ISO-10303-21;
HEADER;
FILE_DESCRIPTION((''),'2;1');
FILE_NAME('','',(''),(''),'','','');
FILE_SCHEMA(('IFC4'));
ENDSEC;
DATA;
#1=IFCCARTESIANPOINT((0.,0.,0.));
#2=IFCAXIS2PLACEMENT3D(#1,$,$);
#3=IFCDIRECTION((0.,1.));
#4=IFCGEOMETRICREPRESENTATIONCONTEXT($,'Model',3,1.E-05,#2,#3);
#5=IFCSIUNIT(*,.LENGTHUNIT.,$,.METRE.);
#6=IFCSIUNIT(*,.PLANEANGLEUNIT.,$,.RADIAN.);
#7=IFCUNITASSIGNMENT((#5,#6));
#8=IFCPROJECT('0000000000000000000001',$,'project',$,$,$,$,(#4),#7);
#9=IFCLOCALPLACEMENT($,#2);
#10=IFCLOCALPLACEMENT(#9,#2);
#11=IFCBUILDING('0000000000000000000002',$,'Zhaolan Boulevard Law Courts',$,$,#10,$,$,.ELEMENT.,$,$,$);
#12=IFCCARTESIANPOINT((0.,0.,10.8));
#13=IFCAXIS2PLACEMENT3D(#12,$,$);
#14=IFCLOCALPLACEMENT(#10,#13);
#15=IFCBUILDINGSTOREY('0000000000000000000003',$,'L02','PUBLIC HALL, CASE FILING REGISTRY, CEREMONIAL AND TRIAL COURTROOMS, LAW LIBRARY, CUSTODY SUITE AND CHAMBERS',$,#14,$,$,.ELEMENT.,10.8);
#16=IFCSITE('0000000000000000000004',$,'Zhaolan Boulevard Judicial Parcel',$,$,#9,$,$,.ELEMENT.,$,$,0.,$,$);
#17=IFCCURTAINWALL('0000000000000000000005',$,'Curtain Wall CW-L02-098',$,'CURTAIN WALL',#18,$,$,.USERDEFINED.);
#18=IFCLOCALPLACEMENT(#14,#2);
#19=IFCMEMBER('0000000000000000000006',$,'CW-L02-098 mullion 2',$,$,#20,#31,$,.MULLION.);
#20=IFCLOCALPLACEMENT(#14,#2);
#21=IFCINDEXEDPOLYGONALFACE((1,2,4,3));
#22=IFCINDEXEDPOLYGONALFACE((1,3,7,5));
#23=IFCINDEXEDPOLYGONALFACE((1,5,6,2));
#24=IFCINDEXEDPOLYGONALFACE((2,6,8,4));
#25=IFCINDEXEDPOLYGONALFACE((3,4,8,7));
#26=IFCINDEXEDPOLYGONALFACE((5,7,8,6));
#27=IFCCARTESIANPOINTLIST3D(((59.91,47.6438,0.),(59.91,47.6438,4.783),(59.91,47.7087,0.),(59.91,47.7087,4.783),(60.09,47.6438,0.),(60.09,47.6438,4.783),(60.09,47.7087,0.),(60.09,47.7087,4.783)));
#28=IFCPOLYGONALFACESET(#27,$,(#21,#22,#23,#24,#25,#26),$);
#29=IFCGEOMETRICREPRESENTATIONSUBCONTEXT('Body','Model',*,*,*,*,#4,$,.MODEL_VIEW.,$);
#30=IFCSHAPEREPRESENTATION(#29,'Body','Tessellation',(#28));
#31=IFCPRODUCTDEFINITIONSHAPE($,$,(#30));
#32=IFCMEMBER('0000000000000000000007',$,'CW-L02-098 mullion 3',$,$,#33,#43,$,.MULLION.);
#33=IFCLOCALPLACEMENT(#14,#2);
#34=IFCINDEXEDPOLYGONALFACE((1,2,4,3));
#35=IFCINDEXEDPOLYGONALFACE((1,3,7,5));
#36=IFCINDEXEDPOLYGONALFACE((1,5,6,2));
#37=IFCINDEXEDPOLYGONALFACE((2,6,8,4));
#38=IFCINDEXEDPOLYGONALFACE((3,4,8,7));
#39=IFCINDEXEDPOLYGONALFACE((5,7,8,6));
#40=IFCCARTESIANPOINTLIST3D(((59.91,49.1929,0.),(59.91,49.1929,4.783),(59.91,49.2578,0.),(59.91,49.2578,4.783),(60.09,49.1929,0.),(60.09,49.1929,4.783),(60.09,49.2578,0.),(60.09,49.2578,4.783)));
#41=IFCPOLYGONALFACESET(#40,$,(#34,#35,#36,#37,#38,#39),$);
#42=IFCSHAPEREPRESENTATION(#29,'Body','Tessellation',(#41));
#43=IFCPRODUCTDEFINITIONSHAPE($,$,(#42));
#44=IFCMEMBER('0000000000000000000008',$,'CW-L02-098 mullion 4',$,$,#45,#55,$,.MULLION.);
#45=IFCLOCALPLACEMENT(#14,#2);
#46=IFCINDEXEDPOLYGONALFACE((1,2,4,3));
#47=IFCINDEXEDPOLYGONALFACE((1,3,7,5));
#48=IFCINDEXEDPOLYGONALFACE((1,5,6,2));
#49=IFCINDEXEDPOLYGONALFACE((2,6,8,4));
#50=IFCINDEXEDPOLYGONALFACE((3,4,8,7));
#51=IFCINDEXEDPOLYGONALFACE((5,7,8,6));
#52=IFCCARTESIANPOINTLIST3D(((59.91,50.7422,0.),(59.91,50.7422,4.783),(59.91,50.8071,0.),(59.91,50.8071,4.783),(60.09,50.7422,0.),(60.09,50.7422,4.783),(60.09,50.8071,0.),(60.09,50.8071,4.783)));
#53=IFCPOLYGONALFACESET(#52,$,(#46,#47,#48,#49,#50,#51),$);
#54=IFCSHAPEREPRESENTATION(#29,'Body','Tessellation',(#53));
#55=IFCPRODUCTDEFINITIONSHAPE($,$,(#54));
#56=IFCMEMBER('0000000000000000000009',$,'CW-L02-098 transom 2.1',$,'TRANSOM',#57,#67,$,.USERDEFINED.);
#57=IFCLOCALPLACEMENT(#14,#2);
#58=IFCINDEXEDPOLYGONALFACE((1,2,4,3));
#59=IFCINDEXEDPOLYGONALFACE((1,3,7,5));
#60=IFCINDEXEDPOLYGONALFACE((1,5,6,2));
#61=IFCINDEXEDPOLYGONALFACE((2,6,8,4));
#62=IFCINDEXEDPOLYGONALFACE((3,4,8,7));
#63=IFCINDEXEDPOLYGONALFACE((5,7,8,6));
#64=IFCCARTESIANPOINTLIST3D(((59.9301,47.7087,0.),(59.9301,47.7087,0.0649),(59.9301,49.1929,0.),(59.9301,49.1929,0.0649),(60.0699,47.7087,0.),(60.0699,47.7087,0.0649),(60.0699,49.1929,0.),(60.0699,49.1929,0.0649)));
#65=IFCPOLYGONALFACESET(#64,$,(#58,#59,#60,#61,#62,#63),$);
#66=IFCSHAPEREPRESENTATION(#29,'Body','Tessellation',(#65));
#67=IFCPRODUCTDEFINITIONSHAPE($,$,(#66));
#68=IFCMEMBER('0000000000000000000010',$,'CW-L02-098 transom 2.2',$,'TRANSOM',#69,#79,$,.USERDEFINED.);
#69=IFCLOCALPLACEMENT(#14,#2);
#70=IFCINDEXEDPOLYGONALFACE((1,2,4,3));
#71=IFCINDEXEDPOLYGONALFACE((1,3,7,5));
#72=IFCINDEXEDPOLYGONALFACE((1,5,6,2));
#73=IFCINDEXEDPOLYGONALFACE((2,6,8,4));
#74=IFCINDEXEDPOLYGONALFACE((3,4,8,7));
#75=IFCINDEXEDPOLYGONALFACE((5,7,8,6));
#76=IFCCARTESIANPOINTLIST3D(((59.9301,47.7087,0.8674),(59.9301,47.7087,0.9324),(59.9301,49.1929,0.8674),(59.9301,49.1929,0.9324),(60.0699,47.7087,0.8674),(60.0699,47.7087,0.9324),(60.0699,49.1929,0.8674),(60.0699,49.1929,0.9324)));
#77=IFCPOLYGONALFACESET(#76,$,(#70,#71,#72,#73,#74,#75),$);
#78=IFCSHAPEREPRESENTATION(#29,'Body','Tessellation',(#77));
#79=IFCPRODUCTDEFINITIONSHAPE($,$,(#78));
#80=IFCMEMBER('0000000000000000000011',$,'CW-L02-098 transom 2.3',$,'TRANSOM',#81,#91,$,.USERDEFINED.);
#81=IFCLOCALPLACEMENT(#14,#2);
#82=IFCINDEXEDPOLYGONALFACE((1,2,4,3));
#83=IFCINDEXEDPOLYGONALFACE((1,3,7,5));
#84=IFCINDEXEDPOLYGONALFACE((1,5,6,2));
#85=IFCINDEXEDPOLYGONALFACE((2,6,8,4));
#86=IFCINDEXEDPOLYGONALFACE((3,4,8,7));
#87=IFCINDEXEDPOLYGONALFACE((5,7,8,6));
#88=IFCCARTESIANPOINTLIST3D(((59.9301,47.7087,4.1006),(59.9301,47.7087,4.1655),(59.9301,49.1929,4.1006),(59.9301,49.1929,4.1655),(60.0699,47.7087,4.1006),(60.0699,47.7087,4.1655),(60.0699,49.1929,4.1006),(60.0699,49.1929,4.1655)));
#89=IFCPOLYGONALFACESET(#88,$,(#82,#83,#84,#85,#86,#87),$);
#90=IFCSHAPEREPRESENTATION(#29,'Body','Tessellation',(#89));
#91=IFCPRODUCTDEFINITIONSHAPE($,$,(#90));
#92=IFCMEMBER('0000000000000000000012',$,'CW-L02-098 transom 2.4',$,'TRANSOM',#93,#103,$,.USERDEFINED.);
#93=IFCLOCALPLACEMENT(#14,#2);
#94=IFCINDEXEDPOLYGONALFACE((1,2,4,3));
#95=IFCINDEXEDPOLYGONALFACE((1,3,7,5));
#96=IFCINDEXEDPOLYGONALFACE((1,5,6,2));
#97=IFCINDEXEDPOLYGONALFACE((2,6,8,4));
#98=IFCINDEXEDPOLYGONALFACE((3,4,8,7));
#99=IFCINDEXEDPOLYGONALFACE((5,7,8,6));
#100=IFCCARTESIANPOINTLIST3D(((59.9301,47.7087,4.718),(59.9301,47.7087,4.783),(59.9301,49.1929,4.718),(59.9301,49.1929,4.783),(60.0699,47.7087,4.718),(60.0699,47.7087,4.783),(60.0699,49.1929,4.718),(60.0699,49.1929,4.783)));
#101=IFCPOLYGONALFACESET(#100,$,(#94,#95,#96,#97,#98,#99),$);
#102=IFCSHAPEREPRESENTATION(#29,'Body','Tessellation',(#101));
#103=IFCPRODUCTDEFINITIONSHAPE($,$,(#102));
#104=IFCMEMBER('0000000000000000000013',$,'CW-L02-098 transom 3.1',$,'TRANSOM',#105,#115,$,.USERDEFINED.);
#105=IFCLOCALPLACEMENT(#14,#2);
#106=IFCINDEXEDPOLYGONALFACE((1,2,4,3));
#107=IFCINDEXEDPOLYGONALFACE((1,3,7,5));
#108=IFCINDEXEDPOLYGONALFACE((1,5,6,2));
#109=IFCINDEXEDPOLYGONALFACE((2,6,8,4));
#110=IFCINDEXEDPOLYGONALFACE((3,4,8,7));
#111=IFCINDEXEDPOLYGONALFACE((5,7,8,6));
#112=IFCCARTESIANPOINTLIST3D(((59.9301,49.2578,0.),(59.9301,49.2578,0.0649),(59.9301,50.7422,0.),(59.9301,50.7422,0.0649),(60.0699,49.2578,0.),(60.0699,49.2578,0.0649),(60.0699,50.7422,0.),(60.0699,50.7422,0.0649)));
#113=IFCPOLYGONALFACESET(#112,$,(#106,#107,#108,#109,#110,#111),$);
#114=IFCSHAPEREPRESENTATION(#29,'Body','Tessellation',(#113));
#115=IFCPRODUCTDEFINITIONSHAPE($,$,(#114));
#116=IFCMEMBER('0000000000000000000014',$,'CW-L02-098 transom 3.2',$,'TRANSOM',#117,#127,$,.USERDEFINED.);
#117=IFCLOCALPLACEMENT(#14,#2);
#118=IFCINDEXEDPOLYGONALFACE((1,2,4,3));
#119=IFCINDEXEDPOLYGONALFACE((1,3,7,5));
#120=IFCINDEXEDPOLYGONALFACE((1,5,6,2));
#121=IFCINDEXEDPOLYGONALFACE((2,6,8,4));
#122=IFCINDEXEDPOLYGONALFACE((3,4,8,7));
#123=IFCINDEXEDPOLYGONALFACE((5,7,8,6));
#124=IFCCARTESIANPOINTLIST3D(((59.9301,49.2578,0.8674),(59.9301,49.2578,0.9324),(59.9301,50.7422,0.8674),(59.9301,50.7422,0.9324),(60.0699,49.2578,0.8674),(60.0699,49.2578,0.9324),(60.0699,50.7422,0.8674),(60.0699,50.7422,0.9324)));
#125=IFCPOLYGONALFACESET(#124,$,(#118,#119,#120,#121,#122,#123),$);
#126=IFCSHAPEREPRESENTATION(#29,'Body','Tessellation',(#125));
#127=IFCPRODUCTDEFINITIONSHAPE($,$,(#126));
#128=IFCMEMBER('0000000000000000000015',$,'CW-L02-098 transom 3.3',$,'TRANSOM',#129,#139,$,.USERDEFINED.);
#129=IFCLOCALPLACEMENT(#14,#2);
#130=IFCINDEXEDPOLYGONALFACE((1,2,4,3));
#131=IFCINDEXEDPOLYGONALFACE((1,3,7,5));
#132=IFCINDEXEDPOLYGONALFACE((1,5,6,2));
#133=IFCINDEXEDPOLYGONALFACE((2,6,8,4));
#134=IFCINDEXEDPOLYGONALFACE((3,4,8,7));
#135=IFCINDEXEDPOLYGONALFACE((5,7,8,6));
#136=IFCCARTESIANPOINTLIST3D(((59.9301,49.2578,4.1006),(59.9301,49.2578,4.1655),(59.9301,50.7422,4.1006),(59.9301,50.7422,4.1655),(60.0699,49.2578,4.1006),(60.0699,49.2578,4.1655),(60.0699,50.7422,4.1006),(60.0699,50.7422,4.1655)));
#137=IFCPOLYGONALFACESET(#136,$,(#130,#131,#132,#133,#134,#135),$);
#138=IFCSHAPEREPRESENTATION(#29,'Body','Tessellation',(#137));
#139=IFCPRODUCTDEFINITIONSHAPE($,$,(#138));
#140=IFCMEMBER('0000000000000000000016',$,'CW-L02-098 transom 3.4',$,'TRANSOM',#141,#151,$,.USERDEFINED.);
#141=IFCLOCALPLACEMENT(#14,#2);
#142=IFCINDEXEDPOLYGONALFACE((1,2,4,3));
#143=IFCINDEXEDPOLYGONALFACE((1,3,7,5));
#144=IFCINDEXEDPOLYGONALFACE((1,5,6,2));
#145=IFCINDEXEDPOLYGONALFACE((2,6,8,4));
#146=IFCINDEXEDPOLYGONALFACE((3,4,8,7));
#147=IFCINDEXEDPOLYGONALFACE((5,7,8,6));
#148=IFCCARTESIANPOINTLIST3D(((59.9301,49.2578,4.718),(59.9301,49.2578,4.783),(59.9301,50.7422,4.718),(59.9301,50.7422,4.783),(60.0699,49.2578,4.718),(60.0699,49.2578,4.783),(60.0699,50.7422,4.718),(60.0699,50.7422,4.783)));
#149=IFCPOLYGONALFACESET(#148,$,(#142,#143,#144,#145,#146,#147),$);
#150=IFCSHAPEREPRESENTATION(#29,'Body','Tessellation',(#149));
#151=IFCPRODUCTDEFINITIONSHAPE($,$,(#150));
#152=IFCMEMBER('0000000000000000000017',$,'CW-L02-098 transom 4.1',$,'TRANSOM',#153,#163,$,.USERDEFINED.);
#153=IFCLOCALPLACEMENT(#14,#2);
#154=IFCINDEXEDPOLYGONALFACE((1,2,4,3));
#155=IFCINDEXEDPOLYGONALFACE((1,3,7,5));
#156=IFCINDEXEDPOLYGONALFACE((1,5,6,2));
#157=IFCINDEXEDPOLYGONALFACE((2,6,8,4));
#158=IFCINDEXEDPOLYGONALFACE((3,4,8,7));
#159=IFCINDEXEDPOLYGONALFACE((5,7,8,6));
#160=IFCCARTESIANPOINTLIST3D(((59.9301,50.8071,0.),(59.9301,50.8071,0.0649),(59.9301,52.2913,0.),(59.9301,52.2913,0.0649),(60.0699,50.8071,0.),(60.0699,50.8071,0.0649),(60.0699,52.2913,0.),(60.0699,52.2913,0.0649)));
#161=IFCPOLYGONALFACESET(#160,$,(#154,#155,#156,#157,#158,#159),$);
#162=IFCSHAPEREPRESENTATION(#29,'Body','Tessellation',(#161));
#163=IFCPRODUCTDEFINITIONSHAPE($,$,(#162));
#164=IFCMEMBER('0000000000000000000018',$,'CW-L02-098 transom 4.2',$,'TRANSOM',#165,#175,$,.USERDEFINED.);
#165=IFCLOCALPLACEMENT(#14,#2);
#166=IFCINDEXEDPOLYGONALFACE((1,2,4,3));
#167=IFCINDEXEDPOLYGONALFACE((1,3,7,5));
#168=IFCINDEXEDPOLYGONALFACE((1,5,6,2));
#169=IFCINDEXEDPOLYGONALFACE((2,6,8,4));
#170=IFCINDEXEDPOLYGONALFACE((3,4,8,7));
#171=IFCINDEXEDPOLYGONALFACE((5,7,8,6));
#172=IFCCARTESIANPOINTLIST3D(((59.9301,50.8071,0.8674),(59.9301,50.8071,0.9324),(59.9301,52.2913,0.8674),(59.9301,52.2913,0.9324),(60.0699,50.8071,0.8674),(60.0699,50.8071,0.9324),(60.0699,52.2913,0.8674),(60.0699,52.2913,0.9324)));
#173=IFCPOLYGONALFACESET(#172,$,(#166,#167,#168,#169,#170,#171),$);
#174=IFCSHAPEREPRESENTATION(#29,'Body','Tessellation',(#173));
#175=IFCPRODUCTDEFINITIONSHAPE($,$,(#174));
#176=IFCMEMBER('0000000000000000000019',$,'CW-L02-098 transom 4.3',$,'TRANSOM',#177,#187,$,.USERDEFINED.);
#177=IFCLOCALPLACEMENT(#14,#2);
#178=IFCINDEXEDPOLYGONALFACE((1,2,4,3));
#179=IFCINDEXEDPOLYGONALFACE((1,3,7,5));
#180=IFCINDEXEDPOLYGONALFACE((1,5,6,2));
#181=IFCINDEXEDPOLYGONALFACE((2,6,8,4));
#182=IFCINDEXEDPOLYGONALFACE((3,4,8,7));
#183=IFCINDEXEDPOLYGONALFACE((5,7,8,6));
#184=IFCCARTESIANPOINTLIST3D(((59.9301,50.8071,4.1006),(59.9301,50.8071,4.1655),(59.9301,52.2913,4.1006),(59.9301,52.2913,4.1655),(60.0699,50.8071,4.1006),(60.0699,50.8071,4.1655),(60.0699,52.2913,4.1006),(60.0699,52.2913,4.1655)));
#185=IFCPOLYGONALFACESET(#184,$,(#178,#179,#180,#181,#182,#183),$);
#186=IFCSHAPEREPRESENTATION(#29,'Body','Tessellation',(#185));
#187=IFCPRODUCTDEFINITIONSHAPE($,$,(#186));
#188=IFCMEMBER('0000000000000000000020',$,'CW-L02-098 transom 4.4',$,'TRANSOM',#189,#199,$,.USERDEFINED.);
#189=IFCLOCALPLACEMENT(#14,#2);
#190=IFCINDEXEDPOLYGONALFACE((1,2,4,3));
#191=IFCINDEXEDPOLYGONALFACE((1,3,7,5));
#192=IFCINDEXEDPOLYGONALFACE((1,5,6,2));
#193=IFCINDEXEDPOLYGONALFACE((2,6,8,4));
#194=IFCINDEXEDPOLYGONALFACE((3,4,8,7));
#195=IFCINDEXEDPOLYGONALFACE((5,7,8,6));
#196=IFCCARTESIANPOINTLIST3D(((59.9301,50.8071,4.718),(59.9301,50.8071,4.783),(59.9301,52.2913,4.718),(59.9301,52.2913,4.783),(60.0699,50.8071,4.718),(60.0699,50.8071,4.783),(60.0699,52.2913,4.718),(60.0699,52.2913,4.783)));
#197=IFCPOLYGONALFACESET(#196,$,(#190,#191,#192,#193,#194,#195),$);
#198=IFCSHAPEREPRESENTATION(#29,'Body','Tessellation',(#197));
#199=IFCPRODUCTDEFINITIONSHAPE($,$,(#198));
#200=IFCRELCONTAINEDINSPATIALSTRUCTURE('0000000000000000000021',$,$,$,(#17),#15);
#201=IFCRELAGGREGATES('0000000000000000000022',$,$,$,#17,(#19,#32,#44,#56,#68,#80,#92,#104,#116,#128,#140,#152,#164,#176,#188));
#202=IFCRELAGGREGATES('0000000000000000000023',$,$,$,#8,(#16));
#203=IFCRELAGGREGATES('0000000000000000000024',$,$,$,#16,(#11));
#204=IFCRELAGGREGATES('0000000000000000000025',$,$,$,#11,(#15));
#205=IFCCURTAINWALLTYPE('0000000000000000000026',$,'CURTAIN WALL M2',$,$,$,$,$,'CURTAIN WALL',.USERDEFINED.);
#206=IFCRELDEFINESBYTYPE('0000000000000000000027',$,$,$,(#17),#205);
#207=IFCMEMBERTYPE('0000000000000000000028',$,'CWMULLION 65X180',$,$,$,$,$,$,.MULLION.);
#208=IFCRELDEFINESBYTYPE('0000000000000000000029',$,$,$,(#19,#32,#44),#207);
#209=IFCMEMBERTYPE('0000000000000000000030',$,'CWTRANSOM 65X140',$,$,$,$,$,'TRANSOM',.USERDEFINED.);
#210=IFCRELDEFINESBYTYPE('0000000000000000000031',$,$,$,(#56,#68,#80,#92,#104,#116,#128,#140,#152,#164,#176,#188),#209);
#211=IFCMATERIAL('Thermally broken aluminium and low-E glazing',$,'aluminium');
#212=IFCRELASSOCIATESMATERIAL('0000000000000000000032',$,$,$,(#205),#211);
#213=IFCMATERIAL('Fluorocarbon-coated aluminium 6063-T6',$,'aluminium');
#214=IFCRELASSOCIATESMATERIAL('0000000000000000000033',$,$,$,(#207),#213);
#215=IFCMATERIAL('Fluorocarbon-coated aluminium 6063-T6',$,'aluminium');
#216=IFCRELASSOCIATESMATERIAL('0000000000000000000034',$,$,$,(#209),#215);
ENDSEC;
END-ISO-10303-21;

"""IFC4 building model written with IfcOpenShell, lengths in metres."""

from ifc_helpers import new_model, si_unit, direction, frame, origin, origin_2d, place, context, subcontext, project, spatial, rectangle, extrude, material, material_profile, profile_set, type_object, element, aggregate, save


model = new_model("IFC4")

# Units and contexts
model_context = context("Model", 3, precision=1e-05, world=origin(), true_north=direction((0.0, 1.0)))
body_context = subcontext(model_context, "Body", "Model", "MODEL_VIEW")
ifc_project = project(units=[si_unit("LENGTHUNIT", "METRE"), si_unit("PLANEANGLEUNIT", "RADIAN")], contexts=[model_context])

# Site, building, storey
site_placement = place(None, origin())
site = spatial("IfcSite", under=ifc_project, at=site_placement, Name="Zhaolan Boulevard Judicial Parcel", CompositionType="ELEMENT", RefElevation=0.0)
building_placement = place(site_placement, origin())
building = spatial("IfcBuilding", under=site, at=building_placement, Name="Zhaolan Boulevard Law Courts", CompositionType="ELEMENT")
storey_placement = place(building_placement, frame((0.0, 0.0, 10.8)))
storey = spatial("IfcBuildingStorey", under=building, at=storey_placement, Name="L02", Description="PUBLIC HALL, CASE FILING REGISTRY, CEREMONIAL AND TRIAL COURTROOMS, LAW LIBRARY, CUSTODY SUITE AND CHAMBERS", CompositionType="ELEMENT", Elevation=10.8)

# Curtain wall, members
ifc_material_1 = material(Name="Thermally broken aluminium and low-E glazing", Category="aluminium")
curtain_wall_type = type_object("IfcCurtainWallType", Name="CURTAIN WALL M2", ElementType="CURTAIN WALL", PredefinedType="USERDEFINED", material=ifc_material_1)
curtain_wall_placement = place(storey_placement, origin())
curtain_wall = element("IfcCurtainWall", 1, at=curtain_wall_placement, inside=storey, type_object=curtain_wall_type, Name="Curtain Wall CW-L02-098", ObjectType="CURTAIN WALL", PredefinedType="USERDEFINED")
ifc_material_2 = material(Name="Fluorocarbon-coated aluminium 6063-T6", Category="aluminium")
ifc_material_profile_1 = material_profile(ifc_material_2, rectangle(XDim=0.1799, YDim=0.0649, at=origin_2d()), Name="AL65x180")
ifc_profile_set_1 = profile_set([ifc_material_profile_1], Name="Fluorocarbon-coated aluminium 6063-T6")
member_type_1 = type_object("IfcMemberType", Name="CWMULLION 65X180", PredefinedType="MULLION", material=ifc_profile_set_1)
member_1_placement = place(storey_placement, frame((60.0, 47.6763, 0.0), z_axis=(0.0, 0.0, 1.0), x_axis=(-1.0, 0.0, 0.0)))
member_1 = element("IfcMember", 2, at=member_1_placement, type_object=member_type_1, Name="CW-L02-098 mullion 2", PredefinedType="MULLION", context=body_context, shape_type="SweptSolid", body=[
    extrude(rectangle(XDim=0.1799, YDim=0.0649, at=origin_2d()), origin(), (0.0, 0.0, 1.0), 4.783),
])
member_2_placement = place(storey_placement, frame((60.0, 49.2253, 0.0), z_axis=(0.0, 0.0, 1.0), x_axis=(-1.0, 0.0, 0.0)))
member_2 = element("IfcMember", 3, at=member_2_placement, type_object=member_type_1, Name="CW-L02-098 mullion 3", PredefinedType="MULLION", context=body_context, shape_type="SweptSolid", body=[
    extrude(rectangle(XDim=0.1799, YDim=0.0649, at=origin_2d()), origin(), (0.0, 0.0, 1.0), 4.783),
])
member_3_placement = place(storey_placement, frame((60.0, 50.7747, 0.0), z_axis=(0.0, 0.0, 1.0), x_axis=(-1.0, 0.0, 0.0)))
member_3 = element("IfcMember", 4, at=member_3_placement, type_object=member_type_1, Name="CW-L02-098 mullion 4", PredefinedType="MULLION", context=body_context, shape_type="SweptSolid", body=[
    extrude(rectangle(XDim=0.1799, YDim=0.0649, at=origin_2d()), origin(), (0.0, 0.0, 1.0), 4.783),
])
ifc_material_3 = material(Name="Fluorocarbon-coated aluminium 6063-T6", Category="aluminium")
ifc_material_profile_2 = material_profile(ifc_material_3, rectangle(XDim=0.1399, YDim=0.0649, at=origin_2d()), Name="AL65x140")
ifc_profile_set_2 = profile_set([ifc_material_profile_2], Name="Fluorocarbon-coated aluminium 6063-T6")
member_type_2 = type_object("IfcMemberType", Name="CWTRANSOM 65X140", ElementType="TRANSOM", PredefinedType="USERDEFINED", material=ifc_profile_set_2)
member_4_placement = place(storey_placement, frame((60.0, 47.7087, 0.0325), z_axis=(0.0, 1.0, 0.0), x_axis=(-1.0, 0.0, 0.0)))
member_4 = element("IfcMember", 5, at=member_4_placement, type_object=member_type_2, Name="CW-L02-098 transom 2.1", ObjectType="TRANSOM", PredefinedType="USERDEFINED", context=body_context, shape_type="SweptSolid", body=[
    extrude(rectangle(XDim=0.1399, YDim=0.0649, at=origin_2d()), origin(), (0.0, 0.0, 1.0), 1.4841),
])
member_5_placement = place(storey_placement, frame((60.0, 47.7087, 0.8999), z_axis=(0.0, 1.0, 0.0), x_axis=(-1.0, 0.0, 0.0)))
member_5 = element("IfcMember", 6, at=member_5_placement, type_object=member_type_2, Name="CW-L02-098 transom 2.2", ObjectType="TRANSOM", PredefinedType="USERDEFINED", context=body_context, shape_type="SweptSolid", body=[
    extrude(rectangle(XDim=0.1399, YDim=0.0649, at=origin_2d()), origin(), (0.0, 0.0, 1.0), 1.4841),
])
member_6_placement = place(storey_placement, frame((60.0, 47.7087, 4.1331), z_axis=(0.0, 1.0, 0.0), x_axis=(-1.0, 0.0, 0.0)))
member_6 = element("IfcMember", 7, at=member_6_placement, type_object=member_type_2, Name="CW-L02-098 transom 2.3", ObjectType="TRANSOM", PredefinedType="USERDEFINED", context=body_context, shape_type="SweptSolid", body=[
    extrude(rectangle(XDim=0.1399, YDim=0.0649, at=origin_2d()), origin(), (0.0, 0.0, 1.0), 1.4841),
])
member_7_placement = place(storey_placement, frame((60.0, 47.7087, 4.7505), z_axis=(0.0, 1.0, 0.0), x_axis=(-1.0, 0.0, 0.0)))
member_7 = element("IfcMember", 8, at=member_7_placement, type_object=member_type_2, Name="CW-L02-098 transom 2.4", ObjectType="TRANSOM", PredefinedType="USERDEFINED", context=body_context, shape_type="SweptSolid", body=[
    extrude(rectangle(XDim=0.1399, YDim=0.0649, at=origin_2d()), origin(), (0.0, 0.0, 1.0), 1.4841),
])
member_8_placement = place(storey_placement, frame((60.0, 49.2578, 0.0325), z_axis=(0.0, 1.0, 0.0), x_axis=(-1.0, 0.0, 0.0)))
member_8 = element("IfcMember", 9, at=member_8_placement, type_object=member_type_2, Name="CW-L02-098 transom 3.1", ObjectType="TRANSOM", PredefinedType="USERDEFINED", context=body_context, shape_type="SweptSolid", body=[
    extrude(rectangle(XDim=0.1399, YDim=0.0649, at=origin_2d()), origin(), (0.0, 0.0, 1.0), 1.4844),
])
member_9_placement = place(storey_placement, frame((60.0, 49.2578, 0.8999), z_axis=(0.0, 1.0, 0.0), x_axis=(-1.0, 0.0, 0.0)))
member_9 = element("IfcMember", 10, at=member_9_placement, type_object=member_type_2, Name="CW-L02-098 transom 3.2", ObjectType="TRANSOM", PredefinedType="USERDEFINED", context=body_context, shape_type="SweptSolid", body=[
    extrude(rectangle(XDim=0.1399, YDim=0.0649, at=origin_2d()), origin(), (0.0, 0.0, 1.0), 1.4844),
])
member_10_placement = place(storey_placement, frame((60.0, 49.2578, 4.1331), z_axis=(0.0, 1.0, 0.0), x_axis=(-1.0, 0.0, 0.0)))
member_10 = element("IfcMember", 11, at=member_10_placement, type_object=member_type_2, Name="CW-L02-098 transom 3.3", ObjectType="TRANSOM", PredefinedType="USERDEFINED", context=body_context, shape_type="SweptSolid", body=[
    extrude(rectangle(XDim=0.1399, YDim=0.0649, at=origin_2d()), origin(), (0.0, 0.0, 1.0), 1.4844),
])
member_11_placement = place(storey_placement, frame((60.0, 49.2578, 4.7505), z_axis=(0.0, 1.0, 0.0), x_axis=(-1.0, 0.0, 0.0)))
member_11 = element("IfcMember", 12, at=member_11_placement, type_object=member_type_2, Name="CW-L02-098 transom 3.4", ObjectType="TRANSOM", PredefinedType="USERDEFINED", context=body_context, shape_type="SweptSolid", body=[
    extrude(rectangle(XDim=0.1399, YDim=0.0649, at=origin_2d()), origin(), (0.0, 0.0, 1.0), 1.4844),
])
member_12_placement = place(storey_placement, frame((60.0, 50.8071, 0.0325), z_axis=(0.0, 1.0, 0.0), x_axis=(-1.0, 0.0, 0.0)))
member_12 = element("IfcMember", 13, at=member_12_placement, type_object=member_type_2, Name="CW-L02-098 transom 4.1", ObjectType="TRANSOM", PredefinedType="USERDEFINED", context=body_context, shape_type="SweptSolid", body=[
    extrude(rectangle(XDim=0.1399, YDim=0.0649, at=origin_2d()), origin(), (0.0, 0.0, 1.0), 1.4841),
])
member_13_placement = place(storey_placement, frame((60.0, 50.8071, 0.8999), z_axis=(0.0, 1.0, 0.0), x_axis=(-1.0, 0.0, 0.0)))
member_13 = element("IfcMember", 14, at=member_13_placement, type_object=member_type_2, Name="CW-L02-098 transom 4.2", ObjectType="TRANSOM", PredefinedType="USERDEFINED", context=body_context, shape_type="SweptSolid", body=[
    extrude(rectangle(XDim=0.1399, YDim=0.0649, at=origin_2d()), origin(), (0.0, 0.0, 1.0), 1.4841),
])
member_14_placement = place(storey_placement, frame((60.0, 50.8071, 4.1331), z_axis=(0.0, 1.0, 0.0), x_axis=(-1.0, 0.0, 0.0)))
member_14 = element("IfcMember", 15, at=member_14_placement, type_object=member_type_2, Name="CW-L02-098 transom 4.3", ObjectType="TRANSOM", PredefinedType="USERDEFINED", context=body_context, shape_type="SweptSolid", body=[
    extrude(rectangle(XDim=0.1399, YDim=0.0649, at=origin_2d()), origin(), (0.0, 0.0, 1.0), 1.4841),
])
member_15_placement = place(storey_placement, frame((60.0, 50.8071, 4.7505), z_axis=(0.0, 1.0, 0.0), x_axis=(-1.0, 0.0, 0.0)))
member_15 = element("IfcMember", 16, at=member_15_placement, type_object=member_type_2, Name="CW-L02-098 transom 4.4", ObjectType="TRANSOM", PredefinedType="USERDEFINED", context=body_context, shape_type="SweptSolid", body=[
    extrude(rectangle(XDim=0.1399, YDim=0.0649, at=origin_2d()), origin(), (0.0, 0.0, 1.0), 1.4841),
])
aggregate(curtain_wall, [member_1, member_2, member_3, member_4, member_5, member_6, member_7, member_8, member_9, member_10, member_11, member_12, member_13, member_14, member_15])

save(model, "model.ifc")
